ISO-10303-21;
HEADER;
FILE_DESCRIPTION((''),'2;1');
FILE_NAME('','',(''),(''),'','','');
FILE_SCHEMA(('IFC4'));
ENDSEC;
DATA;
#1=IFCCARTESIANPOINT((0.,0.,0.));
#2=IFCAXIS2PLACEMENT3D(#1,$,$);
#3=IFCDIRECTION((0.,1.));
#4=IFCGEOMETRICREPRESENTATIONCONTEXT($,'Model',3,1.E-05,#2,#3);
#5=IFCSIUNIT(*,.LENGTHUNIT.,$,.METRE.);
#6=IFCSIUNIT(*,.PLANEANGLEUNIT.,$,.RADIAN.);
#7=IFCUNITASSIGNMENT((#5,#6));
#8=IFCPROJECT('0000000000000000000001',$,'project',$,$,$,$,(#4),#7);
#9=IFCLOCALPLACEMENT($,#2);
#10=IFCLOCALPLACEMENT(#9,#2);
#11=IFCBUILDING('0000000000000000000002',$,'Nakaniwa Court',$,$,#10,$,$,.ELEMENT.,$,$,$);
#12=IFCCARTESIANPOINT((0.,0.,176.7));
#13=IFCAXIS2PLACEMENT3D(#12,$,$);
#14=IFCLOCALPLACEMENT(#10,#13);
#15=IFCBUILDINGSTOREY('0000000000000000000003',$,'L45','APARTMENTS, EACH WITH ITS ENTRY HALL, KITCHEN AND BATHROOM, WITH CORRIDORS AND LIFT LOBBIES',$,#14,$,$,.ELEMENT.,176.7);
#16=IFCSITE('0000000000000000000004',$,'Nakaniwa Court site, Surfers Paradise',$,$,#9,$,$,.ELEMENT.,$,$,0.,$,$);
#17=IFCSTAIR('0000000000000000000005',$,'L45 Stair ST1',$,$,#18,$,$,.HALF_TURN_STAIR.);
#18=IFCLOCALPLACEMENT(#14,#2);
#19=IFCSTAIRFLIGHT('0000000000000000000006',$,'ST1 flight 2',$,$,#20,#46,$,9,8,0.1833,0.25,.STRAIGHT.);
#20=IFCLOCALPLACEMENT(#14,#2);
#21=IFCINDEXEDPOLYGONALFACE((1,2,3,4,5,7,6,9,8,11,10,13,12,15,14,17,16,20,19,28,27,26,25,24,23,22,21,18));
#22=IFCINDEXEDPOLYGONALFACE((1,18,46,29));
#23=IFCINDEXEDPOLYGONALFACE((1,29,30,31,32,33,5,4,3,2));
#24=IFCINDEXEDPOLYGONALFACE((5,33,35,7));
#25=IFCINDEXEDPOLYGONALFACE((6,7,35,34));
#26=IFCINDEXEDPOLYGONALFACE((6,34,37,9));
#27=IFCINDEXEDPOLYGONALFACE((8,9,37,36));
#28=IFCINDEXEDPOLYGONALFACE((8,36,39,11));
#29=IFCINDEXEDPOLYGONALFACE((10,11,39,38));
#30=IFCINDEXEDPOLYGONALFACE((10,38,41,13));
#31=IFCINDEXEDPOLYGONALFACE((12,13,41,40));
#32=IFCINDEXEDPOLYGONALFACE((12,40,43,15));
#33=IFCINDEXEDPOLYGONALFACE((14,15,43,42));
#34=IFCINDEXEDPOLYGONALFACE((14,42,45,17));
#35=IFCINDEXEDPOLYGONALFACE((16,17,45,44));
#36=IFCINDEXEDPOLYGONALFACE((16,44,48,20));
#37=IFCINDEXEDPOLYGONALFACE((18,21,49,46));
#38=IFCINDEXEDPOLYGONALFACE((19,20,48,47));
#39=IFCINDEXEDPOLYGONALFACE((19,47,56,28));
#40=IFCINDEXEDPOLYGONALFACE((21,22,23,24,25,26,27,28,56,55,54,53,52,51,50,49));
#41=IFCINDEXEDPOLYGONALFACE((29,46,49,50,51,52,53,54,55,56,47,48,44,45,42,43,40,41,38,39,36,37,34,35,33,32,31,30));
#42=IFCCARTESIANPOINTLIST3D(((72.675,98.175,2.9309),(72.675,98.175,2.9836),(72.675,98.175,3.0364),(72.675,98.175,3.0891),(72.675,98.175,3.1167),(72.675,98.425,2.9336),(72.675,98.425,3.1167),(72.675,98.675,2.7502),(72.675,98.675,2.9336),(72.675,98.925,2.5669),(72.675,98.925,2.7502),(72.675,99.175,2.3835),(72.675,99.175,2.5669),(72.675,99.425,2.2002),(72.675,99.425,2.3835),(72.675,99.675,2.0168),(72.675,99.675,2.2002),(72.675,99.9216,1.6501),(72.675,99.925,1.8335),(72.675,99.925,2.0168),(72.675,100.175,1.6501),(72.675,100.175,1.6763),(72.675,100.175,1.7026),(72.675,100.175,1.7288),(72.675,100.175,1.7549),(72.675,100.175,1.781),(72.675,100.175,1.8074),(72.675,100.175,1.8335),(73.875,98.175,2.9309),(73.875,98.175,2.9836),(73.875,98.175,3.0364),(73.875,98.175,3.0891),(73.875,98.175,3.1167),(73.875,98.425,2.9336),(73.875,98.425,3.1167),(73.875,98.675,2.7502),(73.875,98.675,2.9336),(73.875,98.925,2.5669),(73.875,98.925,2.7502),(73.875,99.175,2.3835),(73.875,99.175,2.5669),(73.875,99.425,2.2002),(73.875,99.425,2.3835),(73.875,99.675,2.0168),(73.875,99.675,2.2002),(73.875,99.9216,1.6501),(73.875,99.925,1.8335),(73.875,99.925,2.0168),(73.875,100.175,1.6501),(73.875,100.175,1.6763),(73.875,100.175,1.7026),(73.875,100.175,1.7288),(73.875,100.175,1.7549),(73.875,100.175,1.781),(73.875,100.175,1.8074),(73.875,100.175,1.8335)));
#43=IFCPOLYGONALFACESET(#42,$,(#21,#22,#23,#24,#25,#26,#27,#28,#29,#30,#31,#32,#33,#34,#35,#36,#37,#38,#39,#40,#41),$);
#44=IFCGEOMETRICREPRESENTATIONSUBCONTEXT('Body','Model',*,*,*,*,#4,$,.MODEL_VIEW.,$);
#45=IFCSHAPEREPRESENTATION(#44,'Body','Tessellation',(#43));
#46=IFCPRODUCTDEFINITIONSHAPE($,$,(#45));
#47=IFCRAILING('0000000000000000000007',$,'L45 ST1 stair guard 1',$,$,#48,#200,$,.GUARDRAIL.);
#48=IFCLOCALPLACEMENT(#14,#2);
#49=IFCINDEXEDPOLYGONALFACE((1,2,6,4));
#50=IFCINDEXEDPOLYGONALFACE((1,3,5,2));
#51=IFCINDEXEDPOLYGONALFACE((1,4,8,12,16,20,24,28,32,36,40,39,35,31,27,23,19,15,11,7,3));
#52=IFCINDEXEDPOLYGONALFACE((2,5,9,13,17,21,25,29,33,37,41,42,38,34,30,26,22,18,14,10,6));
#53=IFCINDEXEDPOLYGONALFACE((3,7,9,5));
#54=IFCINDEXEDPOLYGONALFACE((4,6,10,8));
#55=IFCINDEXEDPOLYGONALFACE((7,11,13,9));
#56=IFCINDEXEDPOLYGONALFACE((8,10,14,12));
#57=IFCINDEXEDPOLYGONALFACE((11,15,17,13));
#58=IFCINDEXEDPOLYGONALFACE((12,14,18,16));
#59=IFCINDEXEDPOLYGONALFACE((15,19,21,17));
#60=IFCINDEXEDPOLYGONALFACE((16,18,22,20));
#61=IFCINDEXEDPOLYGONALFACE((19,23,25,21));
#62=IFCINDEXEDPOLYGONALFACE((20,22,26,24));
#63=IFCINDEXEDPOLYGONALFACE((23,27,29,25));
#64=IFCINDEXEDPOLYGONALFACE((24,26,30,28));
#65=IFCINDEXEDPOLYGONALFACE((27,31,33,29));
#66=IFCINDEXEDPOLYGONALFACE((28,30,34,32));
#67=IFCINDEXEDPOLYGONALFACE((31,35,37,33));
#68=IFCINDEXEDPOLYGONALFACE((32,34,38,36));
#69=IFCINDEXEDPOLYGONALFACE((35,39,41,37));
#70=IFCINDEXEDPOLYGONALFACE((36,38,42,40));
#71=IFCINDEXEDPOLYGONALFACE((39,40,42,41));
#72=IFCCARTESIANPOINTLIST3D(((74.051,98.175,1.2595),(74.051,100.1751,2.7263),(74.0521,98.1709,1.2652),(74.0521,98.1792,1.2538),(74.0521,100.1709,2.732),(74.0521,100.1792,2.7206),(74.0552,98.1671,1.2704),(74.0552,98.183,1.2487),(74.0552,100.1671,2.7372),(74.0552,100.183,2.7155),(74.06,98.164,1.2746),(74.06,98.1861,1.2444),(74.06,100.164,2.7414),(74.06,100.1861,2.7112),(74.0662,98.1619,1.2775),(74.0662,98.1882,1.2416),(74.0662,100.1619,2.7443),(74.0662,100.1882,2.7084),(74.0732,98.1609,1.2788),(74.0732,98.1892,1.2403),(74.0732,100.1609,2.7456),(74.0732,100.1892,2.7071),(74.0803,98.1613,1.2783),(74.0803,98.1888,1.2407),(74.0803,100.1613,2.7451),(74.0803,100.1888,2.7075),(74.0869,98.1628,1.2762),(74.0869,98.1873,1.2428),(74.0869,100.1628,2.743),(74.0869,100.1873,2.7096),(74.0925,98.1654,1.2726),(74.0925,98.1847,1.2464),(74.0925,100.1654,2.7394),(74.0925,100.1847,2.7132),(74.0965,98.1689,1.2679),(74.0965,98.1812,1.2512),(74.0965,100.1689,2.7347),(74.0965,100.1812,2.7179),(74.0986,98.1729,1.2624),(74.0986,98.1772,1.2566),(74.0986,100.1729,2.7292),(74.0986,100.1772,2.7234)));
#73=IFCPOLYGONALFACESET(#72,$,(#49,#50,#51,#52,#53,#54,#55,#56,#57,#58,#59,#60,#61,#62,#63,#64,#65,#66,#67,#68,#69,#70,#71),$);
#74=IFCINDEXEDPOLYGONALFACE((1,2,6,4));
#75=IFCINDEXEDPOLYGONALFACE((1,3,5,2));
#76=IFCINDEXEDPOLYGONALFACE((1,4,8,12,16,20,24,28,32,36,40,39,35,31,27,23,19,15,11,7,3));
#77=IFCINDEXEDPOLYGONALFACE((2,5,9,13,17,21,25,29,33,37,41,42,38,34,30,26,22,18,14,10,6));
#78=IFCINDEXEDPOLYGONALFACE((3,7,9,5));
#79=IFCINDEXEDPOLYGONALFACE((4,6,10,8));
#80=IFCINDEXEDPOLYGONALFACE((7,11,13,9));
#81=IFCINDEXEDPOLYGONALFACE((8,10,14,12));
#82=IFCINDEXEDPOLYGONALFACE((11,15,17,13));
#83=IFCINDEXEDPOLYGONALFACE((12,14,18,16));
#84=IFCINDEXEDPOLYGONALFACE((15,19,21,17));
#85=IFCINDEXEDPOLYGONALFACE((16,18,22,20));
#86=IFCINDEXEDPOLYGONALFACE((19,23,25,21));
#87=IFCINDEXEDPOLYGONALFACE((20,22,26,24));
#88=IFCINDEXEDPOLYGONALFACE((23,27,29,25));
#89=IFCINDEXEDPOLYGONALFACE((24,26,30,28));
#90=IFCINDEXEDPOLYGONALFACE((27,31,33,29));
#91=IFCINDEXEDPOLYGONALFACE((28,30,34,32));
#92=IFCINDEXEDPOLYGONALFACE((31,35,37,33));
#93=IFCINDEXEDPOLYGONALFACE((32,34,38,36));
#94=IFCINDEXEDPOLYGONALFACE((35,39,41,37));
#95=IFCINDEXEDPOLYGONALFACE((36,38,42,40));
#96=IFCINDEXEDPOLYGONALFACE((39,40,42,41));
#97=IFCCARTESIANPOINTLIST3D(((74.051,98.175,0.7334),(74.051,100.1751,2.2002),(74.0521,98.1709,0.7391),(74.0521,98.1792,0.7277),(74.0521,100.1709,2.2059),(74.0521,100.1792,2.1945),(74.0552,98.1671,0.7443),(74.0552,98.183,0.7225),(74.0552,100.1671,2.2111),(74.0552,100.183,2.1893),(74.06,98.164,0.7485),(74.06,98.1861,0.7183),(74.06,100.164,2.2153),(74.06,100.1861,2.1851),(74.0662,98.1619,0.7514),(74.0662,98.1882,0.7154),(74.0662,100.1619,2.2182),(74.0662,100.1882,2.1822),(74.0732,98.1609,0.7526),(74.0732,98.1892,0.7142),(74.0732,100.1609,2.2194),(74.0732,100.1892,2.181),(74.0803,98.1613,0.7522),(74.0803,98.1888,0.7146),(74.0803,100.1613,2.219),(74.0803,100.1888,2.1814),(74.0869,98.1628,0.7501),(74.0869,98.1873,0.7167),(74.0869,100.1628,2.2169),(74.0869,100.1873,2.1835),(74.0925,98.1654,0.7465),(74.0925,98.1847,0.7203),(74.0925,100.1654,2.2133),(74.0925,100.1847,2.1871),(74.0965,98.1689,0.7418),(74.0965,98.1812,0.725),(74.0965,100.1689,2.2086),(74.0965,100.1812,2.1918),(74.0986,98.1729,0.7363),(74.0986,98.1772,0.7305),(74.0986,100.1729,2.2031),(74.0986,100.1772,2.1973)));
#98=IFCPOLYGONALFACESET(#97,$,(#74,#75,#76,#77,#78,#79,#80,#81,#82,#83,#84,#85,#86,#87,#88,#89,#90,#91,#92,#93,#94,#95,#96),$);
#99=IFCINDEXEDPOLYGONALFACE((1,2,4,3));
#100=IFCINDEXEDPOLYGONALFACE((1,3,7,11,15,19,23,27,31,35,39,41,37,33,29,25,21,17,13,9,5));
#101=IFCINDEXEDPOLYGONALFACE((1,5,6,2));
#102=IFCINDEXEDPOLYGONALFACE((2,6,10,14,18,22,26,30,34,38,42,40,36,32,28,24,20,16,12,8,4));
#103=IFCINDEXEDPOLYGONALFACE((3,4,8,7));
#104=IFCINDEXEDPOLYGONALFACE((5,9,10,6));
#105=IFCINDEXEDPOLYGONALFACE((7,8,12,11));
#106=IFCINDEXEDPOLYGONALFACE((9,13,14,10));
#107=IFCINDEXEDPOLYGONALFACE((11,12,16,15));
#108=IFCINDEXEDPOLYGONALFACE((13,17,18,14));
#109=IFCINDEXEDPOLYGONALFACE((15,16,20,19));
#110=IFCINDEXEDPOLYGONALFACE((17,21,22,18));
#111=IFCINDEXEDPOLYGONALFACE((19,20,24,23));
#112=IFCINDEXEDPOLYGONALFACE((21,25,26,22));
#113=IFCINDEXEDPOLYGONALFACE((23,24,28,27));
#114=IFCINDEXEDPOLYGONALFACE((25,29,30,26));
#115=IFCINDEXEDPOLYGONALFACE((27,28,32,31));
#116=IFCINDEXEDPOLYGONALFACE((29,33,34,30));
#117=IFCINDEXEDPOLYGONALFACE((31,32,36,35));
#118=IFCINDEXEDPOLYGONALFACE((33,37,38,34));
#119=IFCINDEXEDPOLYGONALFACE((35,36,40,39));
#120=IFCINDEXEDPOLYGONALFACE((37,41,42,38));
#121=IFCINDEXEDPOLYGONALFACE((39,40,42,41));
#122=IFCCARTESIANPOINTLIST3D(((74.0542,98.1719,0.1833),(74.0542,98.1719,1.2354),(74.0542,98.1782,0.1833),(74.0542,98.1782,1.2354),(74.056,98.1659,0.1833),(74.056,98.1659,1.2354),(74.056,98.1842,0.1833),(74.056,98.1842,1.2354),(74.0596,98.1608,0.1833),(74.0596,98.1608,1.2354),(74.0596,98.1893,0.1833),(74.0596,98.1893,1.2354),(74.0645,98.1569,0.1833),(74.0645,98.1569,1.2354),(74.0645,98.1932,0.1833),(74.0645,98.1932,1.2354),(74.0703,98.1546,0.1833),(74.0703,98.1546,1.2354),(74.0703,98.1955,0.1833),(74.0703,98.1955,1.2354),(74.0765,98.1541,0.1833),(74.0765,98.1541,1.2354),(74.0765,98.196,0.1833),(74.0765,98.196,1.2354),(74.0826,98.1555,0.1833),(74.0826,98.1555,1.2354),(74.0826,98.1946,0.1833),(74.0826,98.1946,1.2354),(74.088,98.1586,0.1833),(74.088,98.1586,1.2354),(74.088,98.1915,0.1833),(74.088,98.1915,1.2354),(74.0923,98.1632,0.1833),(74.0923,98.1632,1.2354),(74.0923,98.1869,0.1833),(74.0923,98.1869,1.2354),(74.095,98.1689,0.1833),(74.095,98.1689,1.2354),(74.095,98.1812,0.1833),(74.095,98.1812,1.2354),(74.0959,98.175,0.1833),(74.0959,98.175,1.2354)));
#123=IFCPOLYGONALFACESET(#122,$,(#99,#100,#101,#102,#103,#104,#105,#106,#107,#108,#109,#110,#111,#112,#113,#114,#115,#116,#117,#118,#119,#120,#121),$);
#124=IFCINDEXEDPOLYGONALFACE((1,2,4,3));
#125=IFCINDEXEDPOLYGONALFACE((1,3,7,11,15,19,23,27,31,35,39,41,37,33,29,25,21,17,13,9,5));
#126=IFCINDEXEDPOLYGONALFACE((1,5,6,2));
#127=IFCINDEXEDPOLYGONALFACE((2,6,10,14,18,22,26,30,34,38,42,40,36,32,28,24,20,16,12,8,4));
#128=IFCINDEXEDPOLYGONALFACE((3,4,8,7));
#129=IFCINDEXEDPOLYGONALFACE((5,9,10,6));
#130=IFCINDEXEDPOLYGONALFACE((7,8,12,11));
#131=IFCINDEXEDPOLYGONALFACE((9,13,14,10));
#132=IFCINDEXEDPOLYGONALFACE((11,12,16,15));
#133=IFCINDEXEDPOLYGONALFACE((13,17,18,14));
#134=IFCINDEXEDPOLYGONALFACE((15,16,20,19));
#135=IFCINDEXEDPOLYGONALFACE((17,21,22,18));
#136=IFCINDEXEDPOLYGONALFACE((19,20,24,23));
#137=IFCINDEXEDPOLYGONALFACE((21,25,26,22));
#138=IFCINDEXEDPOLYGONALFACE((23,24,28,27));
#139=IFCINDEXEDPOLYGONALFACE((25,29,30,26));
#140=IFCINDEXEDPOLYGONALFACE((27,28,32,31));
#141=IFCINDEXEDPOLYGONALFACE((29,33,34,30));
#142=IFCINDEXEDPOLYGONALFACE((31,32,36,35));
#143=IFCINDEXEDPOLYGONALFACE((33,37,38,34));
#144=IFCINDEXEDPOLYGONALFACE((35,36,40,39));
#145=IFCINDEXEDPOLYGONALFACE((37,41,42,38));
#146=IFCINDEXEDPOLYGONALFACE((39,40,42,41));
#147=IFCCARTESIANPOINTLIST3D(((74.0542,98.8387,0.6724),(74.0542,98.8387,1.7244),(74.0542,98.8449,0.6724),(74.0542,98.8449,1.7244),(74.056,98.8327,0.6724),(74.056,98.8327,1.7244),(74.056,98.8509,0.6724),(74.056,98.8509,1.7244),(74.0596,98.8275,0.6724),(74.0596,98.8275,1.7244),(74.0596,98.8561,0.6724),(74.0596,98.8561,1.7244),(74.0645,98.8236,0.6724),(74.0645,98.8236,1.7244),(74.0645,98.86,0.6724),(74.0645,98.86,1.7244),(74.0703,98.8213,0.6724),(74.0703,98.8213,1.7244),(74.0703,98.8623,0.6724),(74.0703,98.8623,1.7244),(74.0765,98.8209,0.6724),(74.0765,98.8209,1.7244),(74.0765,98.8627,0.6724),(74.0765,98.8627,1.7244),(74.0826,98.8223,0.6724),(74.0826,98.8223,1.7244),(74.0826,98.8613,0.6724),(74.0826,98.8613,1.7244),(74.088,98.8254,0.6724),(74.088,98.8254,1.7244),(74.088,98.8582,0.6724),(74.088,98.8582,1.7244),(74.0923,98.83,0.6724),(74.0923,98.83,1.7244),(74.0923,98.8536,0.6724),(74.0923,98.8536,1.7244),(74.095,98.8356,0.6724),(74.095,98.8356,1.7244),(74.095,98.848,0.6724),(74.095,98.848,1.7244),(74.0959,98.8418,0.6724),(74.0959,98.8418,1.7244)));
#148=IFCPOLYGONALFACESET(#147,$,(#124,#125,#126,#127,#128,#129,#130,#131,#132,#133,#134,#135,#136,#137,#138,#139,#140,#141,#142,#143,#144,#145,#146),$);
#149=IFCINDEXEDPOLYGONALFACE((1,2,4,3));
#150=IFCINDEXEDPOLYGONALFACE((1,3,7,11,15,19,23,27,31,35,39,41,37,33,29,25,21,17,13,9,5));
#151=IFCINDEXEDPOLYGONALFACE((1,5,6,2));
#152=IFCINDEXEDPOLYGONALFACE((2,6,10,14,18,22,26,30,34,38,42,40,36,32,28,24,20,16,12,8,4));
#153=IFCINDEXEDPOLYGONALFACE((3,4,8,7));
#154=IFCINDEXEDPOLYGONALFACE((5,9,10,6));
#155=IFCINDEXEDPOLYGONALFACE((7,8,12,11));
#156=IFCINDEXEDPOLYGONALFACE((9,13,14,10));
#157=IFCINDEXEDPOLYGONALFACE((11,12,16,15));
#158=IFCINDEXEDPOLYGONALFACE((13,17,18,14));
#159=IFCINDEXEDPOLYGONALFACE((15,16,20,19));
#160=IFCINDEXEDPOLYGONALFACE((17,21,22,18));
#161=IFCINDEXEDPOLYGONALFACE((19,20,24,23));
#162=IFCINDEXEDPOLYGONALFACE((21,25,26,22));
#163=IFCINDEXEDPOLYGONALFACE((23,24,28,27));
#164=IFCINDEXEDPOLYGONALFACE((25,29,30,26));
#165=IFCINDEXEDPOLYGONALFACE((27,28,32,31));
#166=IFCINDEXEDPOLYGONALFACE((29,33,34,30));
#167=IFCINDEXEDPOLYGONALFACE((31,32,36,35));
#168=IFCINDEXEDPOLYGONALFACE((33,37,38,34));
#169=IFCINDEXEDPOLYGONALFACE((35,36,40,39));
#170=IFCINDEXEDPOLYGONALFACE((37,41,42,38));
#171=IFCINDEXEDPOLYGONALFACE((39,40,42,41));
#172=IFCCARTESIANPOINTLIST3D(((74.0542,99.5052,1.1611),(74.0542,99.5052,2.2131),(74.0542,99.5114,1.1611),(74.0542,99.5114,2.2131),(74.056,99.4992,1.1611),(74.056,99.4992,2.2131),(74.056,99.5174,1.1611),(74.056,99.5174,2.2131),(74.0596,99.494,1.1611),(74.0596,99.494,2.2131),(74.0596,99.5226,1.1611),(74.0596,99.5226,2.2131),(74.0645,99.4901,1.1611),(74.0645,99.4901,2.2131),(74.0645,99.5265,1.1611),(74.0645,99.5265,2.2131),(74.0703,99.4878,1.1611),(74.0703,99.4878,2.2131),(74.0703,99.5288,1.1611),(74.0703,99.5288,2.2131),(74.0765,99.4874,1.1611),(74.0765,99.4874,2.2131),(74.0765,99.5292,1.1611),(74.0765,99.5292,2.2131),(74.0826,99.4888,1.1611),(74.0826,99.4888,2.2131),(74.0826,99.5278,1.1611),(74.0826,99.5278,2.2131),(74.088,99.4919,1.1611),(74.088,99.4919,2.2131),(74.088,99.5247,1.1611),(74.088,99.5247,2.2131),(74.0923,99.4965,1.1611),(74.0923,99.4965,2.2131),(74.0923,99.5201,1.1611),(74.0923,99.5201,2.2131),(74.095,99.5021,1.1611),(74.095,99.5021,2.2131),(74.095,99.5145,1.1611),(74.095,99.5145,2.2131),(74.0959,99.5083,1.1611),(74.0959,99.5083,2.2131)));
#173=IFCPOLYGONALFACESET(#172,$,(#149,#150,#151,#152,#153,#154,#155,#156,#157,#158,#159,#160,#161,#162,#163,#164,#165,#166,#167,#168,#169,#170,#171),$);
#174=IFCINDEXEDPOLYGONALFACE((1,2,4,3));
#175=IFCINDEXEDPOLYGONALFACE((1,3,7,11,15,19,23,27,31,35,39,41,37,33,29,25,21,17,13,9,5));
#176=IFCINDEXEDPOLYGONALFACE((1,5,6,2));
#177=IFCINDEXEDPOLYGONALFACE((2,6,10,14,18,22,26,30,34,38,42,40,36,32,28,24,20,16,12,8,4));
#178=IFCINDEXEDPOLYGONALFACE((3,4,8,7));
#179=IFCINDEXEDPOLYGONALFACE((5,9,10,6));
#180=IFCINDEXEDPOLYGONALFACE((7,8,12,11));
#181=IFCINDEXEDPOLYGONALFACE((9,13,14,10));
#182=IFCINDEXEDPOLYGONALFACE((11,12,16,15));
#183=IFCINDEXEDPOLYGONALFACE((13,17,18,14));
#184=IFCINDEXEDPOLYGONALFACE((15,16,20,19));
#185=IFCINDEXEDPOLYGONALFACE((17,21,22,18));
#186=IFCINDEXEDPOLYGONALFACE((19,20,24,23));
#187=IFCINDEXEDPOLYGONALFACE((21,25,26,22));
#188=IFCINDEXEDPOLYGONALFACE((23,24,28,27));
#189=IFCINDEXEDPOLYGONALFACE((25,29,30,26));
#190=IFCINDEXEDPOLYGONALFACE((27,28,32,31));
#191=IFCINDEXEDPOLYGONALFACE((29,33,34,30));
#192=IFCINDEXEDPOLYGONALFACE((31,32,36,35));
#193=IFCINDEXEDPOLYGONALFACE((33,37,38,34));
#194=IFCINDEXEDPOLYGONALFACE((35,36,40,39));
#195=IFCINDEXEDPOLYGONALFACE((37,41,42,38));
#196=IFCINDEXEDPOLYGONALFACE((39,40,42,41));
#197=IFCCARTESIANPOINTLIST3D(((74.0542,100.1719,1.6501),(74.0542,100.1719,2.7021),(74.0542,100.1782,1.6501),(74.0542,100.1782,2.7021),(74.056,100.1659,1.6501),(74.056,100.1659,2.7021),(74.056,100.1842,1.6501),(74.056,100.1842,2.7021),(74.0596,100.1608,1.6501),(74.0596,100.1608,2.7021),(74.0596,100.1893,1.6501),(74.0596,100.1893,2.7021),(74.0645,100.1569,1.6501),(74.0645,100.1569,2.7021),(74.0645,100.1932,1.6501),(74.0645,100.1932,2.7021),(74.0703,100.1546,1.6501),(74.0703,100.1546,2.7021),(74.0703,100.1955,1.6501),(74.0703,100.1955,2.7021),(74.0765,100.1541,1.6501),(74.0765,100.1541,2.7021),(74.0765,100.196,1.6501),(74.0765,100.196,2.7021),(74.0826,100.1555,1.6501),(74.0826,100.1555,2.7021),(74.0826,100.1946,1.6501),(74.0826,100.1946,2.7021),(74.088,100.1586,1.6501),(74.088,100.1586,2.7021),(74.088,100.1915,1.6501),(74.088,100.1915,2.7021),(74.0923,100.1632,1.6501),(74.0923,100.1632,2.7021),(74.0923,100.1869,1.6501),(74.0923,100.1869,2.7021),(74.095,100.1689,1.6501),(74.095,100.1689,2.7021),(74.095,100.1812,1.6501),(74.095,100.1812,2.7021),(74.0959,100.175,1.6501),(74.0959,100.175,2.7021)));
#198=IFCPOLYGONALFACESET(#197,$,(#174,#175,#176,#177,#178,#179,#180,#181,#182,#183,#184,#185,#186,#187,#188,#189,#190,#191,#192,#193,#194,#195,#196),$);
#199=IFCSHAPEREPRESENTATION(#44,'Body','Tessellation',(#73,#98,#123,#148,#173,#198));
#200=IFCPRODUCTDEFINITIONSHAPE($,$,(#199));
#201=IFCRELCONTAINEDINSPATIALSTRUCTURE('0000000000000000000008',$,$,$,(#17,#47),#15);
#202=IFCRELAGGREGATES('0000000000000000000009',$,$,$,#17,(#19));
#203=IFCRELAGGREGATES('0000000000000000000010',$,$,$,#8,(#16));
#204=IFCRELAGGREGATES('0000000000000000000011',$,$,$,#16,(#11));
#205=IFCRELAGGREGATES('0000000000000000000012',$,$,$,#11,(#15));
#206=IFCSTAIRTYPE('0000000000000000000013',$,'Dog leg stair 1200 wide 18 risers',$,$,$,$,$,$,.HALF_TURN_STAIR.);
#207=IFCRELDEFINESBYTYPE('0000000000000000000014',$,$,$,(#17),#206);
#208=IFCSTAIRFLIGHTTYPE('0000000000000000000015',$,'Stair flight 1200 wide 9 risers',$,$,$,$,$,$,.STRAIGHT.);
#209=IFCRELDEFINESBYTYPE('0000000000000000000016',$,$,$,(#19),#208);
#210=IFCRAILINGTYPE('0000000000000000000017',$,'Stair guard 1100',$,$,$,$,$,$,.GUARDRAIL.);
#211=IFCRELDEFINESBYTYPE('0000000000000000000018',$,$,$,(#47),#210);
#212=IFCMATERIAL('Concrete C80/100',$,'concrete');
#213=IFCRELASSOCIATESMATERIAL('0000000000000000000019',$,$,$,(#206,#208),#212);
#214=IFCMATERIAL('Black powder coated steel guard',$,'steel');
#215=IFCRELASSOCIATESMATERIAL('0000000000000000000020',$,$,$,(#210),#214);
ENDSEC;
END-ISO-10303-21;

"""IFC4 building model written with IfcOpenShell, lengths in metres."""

from ifc_helpers import new_model, si_unit, direction, frame, origin, origin_2d, place, context, subcontext, project, spatial, polyline, circle, outline, extrude, material, type_object, element, aggregate, save


model = new_model("IFC4")

# Units and contexts
model_context = context("Model", 3, precision=1e-05, world=origin(), true_north=direction((0.0, 1.0)))
body_context = subcontext(model_context, "Body", "Model", "MODEL_VIEW")
ifc_project = project(units=[si_unit("LENGTHUNIT", "METRE"), si_unit("PLANEANGLEUNIT", "RADIAN")], contexts=[model_context])

# Site, building, storey
site_placement = place(None, origin())
site = spatial("IfcSite", under=ifc_project, at=site_placement, Name="Nakaniwa Court site, Surfers Paradise", CompositionType="ELEMENT", RefElevation=0.0)
building_placement = place(site_placement, origin())
building = spatial("IfcBuilding", under=site, at=building_placement, Name="Nakaniwa Court", CompositionType="ELEMENT")
storey_placement = place(building_placement, frame((0.0, 0.0, 176.7)))
storey = spatial("IfcBuildingStorey", under=building, at=storey_placement, Name="L45", Description="APARTMENTS, EACH WITH ITS ENTRY HALL, KITCHEN AND BATHROOM, WITH CORRIDORS AND LIFT LOBBIES", CompositionType="ELEMENT", Elevation=176.7)

# Shared definitions
ifc_material_1 = material(Name="Concrete C80/100", Category="concrete")

# Stair, stair flight
stair_type = type_object("IfcStairType", Name="Dog leg stair 1200 wide 18 risers", PredefinedType="HALF_TURN_STAIR", material=ifc_material_1)
stair_placement = place(storey_placement, origin())
stair = element("IfcStair", 1, at=stair_placement, inside=storey, type_object=stair_type, Name="L45 Stair ST1", PredefinedType="HALF_TURN_STAIR")
stair_flight_type = type_object("IfcStairFlightType", Name="Stair flight 1200 wide 9 risers", PredefinedType="STRAIGHT", material=ifc_material_1)
stair_flight_1_placement = place(storey_placement, frame((73.2749, 100.175, 1.6501), z_axis=(0.0, 0.0, 1.0), x_axis=(0.0, -1.0, 0.0)))
stair_flight_1 = element("IfcStairFlight", 2, at=stair_flight_1_placement, type_object=stair_flight_type, Name="ST1 flight 2", NumberOfRisers=9, NumberOfTreads=8, PredefinedType="STRAIGHT", RiserHeight=0.1833, TreadLength=0.25, context=body_context, shape_type="SweptSolid", body=[
    extrude(outline(polyline([(0.0, 0.0), (0.0, 0.0261), (0.0, 0.0525), (0.0, 0.0786), (0.0, 0.1047), (0.0, 0.1309), (0.0, 0.1572), (0.0, 0.1833), (0.25, 0.1833), (0.25, 0.3667), (0.5, 0.3667), (0.5, 0.55), (0.75, 0.55), (0.75, 0.7334), (1.0, 0.7334), (1.0, 0.9167), (1.25, 0.9167), (1.25, 1.1001), (1.5, 1.1001), (1.5, 1.2834), (1.75, 1.2834), (1.75, 1.4666), (2.0, 1.4666), (2.0, 1.6499), (2.0, 1.5972), (2.0, 1.5444), (2.0, 1.4917), (2.0, 1.439), (2.0, 1.3862), (2.0, 1.3335), (2.0, 1.2808), (0.2534, 0.0), (0.0, 0.0)])), frame((0.0, 0.6001, 0.0), z_axis=(0.0, -1.0, 0.0), x_axis=(1.0, 0.0, 0.0)), (0.0, 0.0, 1.0), 1.2),
])
aggregate(stair, [stair_flight_1])

# Railing
ifc_material_2 = material(Name="Black powder coated steel guard", Category="steel")
railing_type_1 = type_object("IfcRailingType", Name="Stair guard 1100", PredefinedType="GUARDRAIL", material=ifc_material_2)
railing_1_placement = place(storey_placement, frame((74.075, 98.175, 0.1833)))
element("IfcRailing", 3, at=railing_1_placement, inside=storey, type_object=railing_type_1, Name="L45 ST1 stair guard 1", PredefinedType="GUARDRAIL", context=body_context, shape_type="SweptSolid", body=[
    extrude(circle(Radius=0.0239, at=origin_2d()), frame((0.0, 0.0, 1.0762), z_axis=(0.0, 0.80638, 0.591398), x_axis=(-1.0, 0.0, 0.0)), (0.0, 0.0, 1.0), 2.4802),
    extrude(circle(Radius=0.0239, at=origin_2d()), frame((0.0, 0.0, 0.55), z_axis=(0.0, 0.80638, 0.591398), x_axis=(-1.0, 0.0, 0.0)), (0.0, 0.0, 1.0), 2.4802),
    extrude(circle(Radius=0.021, at=origin_2d()), origin(), (0.0, 0.0, 1.0), 1.052),
    extrude(circle(Radius=0.021, at=origin_2d()), frame((0.0, 0.6667, 0.489)), (0.0, 0.0, 1.0), 1.052),
    extrude(circle(Radius=0.021, at=origin_2d()), frame((0.0, 1.3333, 0.9778)), (0.0, 0.0, 1.0), 1.052),
    extrude(circle(Radius=0.021, at=origin_2d()), frame((0.0, 2.0, 1.4668)), (0.0, 0.0, 1.0), 1.052),
])

save(model, "model.ifc")
